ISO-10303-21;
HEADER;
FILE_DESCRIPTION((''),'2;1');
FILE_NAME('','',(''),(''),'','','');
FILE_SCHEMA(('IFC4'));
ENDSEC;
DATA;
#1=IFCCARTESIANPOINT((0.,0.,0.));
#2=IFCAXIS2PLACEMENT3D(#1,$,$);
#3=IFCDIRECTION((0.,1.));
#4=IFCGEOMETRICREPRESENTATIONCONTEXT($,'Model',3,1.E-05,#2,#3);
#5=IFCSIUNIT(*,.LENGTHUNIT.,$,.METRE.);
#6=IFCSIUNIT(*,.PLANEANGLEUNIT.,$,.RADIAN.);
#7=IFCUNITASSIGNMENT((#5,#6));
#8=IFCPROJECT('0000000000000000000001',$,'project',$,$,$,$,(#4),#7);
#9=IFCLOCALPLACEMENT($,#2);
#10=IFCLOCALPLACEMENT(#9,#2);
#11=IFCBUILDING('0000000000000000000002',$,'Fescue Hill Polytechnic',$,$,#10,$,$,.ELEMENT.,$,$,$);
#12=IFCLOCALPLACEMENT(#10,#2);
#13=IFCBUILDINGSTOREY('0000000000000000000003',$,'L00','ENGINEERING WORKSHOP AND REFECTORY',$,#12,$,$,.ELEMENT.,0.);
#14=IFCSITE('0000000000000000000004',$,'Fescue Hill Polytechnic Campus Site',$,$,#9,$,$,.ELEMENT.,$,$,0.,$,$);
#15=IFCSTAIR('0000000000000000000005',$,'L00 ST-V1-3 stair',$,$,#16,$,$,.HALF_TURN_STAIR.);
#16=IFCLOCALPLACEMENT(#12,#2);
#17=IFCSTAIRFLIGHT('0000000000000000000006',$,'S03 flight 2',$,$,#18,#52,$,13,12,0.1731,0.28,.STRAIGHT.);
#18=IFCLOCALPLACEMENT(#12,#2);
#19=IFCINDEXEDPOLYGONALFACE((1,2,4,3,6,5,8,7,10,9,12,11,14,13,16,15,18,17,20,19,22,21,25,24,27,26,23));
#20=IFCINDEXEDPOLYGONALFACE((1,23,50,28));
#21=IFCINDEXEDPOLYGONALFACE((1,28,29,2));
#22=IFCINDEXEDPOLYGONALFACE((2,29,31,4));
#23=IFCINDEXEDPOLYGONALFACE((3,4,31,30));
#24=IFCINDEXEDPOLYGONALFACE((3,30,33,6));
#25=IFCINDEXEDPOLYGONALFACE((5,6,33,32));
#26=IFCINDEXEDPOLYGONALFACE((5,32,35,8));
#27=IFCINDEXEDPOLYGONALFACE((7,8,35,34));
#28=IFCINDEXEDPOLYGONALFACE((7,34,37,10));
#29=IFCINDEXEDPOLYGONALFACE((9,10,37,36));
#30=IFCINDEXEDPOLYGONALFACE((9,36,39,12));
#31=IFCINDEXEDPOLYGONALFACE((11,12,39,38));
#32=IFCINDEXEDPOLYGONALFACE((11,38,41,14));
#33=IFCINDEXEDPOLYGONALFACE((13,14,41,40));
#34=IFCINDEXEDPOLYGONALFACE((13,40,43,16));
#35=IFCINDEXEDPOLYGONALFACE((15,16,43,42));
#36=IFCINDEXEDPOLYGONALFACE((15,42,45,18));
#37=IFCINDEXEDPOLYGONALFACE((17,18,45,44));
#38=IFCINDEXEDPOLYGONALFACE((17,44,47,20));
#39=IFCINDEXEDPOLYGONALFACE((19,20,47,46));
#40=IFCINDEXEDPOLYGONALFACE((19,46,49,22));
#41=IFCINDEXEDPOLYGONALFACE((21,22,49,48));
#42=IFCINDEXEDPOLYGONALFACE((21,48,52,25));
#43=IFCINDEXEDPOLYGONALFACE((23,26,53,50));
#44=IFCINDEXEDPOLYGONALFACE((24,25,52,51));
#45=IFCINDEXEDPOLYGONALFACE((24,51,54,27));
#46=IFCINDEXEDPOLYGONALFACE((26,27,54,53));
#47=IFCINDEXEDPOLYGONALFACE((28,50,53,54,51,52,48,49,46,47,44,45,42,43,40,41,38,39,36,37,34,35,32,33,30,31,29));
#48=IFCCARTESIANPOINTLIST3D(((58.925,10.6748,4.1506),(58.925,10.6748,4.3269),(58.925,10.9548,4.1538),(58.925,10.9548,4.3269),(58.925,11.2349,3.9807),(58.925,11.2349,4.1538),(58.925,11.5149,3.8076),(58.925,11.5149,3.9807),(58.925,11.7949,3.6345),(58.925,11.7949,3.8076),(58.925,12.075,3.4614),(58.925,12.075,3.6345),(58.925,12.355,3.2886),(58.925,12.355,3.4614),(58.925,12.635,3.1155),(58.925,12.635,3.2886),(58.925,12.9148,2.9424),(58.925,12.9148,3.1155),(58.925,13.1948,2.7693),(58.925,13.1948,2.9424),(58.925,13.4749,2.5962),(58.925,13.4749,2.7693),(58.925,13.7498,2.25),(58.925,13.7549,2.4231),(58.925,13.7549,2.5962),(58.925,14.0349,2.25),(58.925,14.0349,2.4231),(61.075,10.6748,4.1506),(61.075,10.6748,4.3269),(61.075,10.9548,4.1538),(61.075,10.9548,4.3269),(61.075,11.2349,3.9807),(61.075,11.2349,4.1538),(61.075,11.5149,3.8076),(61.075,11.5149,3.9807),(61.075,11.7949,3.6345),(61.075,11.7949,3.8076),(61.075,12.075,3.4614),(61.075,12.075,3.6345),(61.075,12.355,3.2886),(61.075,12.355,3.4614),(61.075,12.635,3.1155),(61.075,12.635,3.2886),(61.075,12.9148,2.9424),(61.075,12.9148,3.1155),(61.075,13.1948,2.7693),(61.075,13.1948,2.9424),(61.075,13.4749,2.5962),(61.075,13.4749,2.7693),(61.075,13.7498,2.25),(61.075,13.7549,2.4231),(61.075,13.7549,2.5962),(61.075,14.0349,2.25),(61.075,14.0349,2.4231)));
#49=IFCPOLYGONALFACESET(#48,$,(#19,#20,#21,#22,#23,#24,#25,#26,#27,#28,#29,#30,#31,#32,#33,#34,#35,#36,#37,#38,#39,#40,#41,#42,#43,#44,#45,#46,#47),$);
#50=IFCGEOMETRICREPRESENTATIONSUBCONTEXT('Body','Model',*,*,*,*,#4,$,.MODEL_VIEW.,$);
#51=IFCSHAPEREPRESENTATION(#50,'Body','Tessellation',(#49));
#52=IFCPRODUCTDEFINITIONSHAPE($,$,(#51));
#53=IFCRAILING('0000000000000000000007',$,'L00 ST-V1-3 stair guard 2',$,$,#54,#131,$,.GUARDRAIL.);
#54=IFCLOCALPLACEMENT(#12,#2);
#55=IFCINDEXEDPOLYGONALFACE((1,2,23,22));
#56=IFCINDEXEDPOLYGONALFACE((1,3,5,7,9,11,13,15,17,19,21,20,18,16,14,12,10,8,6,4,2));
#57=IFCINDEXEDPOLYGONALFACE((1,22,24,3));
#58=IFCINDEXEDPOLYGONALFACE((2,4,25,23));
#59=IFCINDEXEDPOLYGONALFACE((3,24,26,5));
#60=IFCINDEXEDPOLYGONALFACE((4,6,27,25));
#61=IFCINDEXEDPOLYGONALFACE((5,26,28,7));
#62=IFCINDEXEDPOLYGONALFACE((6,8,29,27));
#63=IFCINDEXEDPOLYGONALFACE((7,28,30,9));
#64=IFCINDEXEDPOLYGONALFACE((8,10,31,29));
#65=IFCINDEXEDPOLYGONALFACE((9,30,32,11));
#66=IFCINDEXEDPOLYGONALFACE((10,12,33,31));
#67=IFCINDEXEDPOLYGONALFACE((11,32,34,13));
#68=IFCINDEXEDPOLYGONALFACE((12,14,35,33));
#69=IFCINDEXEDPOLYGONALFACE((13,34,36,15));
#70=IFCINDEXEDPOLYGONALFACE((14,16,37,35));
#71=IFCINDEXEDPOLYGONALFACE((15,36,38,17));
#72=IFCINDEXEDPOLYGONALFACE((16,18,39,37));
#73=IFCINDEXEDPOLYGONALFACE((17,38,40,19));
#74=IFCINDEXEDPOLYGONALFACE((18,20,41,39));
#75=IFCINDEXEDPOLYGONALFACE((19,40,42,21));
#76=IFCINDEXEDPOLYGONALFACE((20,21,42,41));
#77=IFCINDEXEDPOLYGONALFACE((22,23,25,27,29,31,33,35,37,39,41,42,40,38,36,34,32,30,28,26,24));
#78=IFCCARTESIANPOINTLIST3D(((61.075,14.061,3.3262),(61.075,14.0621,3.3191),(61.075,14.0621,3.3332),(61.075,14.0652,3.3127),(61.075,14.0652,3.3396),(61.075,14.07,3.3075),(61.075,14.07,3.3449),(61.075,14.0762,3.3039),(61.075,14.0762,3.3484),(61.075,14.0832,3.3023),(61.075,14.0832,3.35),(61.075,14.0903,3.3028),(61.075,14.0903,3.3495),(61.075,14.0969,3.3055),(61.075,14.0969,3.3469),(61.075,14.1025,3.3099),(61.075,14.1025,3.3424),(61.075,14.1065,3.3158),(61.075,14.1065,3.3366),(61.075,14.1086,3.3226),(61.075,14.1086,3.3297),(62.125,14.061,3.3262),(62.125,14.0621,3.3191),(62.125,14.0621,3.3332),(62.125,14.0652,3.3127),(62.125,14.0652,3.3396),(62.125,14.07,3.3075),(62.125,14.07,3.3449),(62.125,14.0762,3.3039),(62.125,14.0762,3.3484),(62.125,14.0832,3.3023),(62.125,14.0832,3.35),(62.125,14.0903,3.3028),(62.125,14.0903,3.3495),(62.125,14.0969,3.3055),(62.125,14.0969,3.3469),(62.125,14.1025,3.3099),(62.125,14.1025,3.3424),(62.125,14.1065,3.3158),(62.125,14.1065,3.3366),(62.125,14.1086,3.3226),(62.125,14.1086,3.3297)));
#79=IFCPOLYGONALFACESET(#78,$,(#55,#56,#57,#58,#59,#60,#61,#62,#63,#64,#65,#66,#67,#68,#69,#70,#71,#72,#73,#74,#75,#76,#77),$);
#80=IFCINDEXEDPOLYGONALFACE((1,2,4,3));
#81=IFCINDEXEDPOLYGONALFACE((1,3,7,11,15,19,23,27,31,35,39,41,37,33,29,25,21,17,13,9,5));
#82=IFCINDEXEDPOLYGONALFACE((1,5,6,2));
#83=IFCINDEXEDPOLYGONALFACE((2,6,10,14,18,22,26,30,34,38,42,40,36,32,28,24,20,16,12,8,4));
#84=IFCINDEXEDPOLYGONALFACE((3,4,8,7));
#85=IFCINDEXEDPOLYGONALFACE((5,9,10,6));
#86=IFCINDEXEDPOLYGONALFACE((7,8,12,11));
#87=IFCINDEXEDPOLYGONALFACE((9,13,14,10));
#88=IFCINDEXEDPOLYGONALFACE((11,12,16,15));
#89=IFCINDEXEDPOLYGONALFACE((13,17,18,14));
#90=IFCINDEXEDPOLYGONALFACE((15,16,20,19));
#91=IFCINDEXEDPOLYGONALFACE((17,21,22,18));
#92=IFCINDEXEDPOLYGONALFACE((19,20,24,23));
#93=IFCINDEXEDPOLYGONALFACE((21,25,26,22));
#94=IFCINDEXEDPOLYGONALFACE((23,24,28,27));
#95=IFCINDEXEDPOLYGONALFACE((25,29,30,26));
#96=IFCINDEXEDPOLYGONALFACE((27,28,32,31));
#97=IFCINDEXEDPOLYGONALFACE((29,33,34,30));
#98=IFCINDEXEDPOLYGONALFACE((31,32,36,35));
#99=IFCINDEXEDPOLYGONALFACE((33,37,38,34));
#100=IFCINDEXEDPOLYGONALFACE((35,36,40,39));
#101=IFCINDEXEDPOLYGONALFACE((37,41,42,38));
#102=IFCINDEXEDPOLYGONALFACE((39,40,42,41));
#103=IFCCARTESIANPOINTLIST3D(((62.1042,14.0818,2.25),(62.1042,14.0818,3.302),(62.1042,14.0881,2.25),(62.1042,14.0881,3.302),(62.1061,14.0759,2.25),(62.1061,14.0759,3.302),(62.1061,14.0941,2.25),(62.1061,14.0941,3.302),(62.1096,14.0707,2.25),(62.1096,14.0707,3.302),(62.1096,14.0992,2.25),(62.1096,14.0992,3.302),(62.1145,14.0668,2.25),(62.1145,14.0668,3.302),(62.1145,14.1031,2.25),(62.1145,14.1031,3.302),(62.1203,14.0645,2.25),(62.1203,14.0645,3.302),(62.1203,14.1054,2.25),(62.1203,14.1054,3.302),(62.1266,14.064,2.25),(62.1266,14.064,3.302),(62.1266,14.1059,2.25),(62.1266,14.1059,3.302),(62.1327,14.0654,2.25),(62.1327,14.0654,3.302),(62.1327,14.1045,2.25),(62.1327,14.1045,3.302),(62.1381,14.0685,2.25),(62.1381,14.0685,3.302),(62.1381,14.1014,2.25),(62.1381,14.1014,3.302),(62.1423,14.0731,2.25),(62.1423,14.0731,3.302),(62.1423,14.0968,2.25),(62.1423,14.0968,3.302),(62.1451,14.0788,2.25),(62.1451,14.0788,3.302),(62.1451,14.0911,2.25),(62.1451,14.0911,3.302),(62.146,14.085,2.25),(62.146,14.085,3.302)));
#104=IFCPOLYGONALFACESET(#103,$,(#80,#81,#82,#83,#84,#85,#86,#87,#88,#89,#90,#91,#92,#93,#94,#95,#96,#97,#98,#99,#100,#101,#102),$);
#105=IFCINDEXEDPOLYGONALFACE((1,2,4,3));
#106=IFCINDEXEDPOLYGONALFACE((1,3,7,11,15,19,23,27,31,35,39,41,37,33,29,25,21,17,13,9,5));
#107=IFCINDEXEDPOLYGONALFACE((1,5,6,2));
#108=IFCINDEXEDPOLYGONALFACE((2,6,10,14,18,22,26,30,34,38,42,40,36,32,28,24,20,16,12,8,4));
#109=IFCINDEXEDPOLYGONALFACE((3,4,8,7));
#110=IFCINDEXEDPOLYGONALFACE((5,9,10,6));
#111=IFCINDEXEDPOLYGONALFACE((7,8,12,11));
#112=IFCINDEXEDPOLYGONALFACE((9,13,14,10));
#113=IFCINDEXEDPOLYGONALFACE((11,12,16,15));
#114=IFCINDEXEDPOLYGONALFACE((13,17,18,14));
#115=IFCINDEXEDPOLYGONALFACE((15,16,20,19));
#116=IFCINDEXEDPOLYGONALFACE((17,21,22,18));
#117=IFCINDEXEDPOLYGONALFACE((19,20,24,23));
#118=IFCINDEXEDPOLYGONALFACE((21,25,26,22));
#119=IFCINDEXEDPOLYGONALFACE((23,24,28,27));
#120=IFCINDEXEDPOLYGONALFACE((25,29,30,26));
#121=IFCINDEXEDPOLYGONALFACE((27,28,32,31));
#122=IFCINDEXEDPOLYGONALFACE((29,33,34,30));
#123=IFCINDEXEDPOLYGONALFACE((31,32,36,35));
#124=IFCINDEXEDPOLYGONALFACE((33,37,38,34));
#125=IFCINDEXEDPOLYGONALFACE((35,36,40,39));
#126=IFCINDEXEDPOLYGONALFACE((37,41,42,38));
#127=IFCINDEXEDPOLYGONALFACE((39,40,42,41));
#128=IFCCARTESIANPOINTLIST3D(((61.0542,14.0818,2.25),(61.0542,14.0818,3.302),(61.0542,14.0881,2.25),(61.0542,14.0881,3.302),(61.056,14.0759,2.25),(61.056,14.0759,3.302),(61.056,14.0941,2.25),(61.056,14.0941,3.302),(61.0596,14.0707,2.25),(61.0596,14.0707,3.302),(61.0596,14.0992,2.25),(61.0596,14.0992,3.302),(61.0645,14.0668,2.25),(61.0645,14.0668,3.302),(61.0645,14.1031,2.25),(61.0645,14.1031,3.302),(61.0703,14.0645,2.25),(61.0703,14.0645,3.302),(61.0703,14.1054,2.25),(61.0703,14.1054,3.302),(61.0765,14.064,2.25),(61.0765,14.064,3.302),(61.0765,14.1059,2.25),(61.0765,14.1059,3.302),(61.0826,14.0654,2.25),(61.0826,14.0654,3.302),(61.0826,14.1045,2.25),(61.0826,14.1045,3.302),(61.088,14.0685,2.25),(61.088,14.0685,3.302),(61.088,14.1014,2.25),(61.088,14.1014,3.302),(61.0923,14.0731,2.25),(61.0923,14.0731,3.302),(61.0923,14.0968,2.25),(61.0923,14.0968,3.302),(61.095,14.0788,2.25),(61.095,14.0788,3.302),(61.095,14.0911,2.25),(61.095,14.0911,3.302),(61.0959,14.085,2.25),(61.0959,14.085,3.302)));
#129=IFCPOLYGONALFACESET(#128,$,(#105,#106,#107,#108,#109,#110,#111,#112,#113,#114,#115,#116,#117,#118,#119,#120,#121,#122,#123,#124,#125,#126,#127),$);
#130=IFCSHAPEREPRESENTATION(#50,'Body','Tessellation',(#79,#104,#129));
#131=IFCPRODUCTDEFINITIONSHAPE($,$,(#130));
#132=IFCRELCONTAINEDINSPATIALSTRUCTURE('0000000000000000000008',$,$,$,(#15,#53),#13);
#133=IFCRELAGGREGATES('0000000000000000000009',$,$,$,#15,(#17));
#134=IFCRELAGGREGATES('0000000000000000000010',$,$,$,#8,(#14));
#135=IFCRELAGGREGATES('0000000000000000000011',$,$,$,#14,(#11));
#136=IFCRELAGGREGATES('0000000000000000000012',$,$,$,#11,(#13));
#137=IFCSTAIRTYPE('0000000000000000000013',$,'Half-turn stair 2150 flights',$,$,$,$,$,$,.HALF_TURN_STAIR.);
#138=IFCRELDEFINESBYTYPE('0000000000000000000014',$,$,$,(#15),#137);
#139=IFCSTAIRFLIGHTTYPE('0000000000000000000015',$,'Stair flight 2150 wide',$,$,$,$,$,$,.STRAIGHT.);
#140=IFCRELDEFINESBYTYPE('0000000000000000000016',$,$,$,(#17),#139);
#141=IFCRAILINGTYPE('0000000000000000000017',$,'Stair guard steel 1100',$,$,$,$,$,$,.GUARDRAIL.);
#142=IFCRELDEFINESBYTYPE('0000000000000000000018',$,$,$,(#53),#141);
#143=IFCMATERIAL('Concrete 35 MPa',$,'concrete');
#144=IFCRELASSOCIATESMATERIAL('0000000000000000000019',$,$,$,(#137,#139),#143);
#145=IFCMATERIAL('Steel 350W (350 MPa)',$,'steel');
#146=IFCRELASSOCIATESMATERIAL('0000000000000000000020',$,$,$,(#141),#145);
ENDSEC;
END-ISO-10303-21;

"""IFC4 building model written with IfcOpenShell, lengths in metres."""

from ifc_helpers import new_model, si_unit, direction, frame, origin, origin_2d, place, context, subcontext, project, spatial, polyline, circle, outline, extrude, material, type_object, element, aggregate, save


model = new_model("IFC4")

# Units and contexts
model_context = context("Model", 3, precision=1e-05, world=origin(), true_north=direction((0.0, 1.0)))
body_context = subcontext(model_context, "Body", "Model", "MODEL_VIEW")
ifc_project = project(units=[si_unit("LENGTHUNIT", "METRE"), si_unit("PLANEANGLEUNIT", "RADIAN")], contexts=[model_context])

# Site, building, storey
site_placement = place(None, origin())
site = spatial("IfcSite", under=ifc_project, at=site_placement, Name="Fescue Hill Polytechnic Campus Site", CompositionType="ELEMENT", RefElevation=0.0)
building_placement = place(site_placement, origin())
building = spatial("IfcBuilding", under=site, at=building_placement, Name="Fescue Hill Polytechnic", CompositionType="ELEMENT")
storey_placement = place(building_placement, origin())
storey = spatial("IfcBuildingStorey", under=building, at=storey_placement, Name="L00", Description="ENGINEERING WORKSHOP AND REFECTORY", CompositionType="ELEMENT", Elevation=0.0)

# Stair, stair flight
ifc_material_1 = material(Name="Concrete 35 MPa", Category="concrete")
stair_type = type_object("IfcStairType", Name="Half-turn stair 2150 flights", PredefinedType="HALF_TURN_STAIR", material=ifc_material_1)
stair_placement = place(storey_placement, origin())
stair = element("IfcStair", 1, at=stair_placement, inside=storey, type_object=stair_type, Name="L00 ST-V1-3 stair", PredefinedType="HALF_TURN_STAIR")
stair_flight_type = type_object("IfcStairFlightType", Name="Stair flight 2150 wide", PredefinedType="STRAIGHT", material=ifc_material_1)
stair_flight_1_placement = place(storey_placement, frame((60.0, 14.0349, 2.25), z_axis=(0.0, 0.0, 1.0), x_axis=(0.0, -1.0, 0.0)))
stair_flight_1 = element("IfcStairFlight", 2, at=stair_flight_1_placement, type_object=stair_flight_type, Name="S03 flight 2", NumberOfRisers=13, NumberOfTreads=12, PredefinedType="STRAIGHT", RiserHeight=0.1731, TreadLength=0.28, context=body_context, shape_type="SweptSolid", body=[
    extrude(outline(polyline([(0.0, 0.0), (0.0, 0.1731), (0.28, 0.1731), (0.28, 0.3462), (0.5601, 0.3462), (0.5601, 0.5193), (0.8401, 0.5193), (0.8401, 0.6924), (1.1201, 0.6924), (1.1201, 0.8655), (1.3999, 0.8655), (1.3999, 1.0386), (1.6799, 1.0386), (1.6799, 1.2114), (1.96, 1.2114), (1.96, 1.3845), (2.24, 1.3845), (2.24, 1.5576), (2.52, 1.5576), (2.52, 1.7307), (2.8, 1.7307), (2.8, 1.9038), (3.0801, 1.9038), (3.0801, 2.0769), (3.3601, 2.0769), (3.3601, 2.25), (3.3601, 1.9006), (0.2852, 0.0), (0.0, 0.0)])), frame((0.0, 1.075, 0.0), z_axis=(0.0, -1.0, 0.0), x_axis=(1.0, 0.0, 0.0)), (0.0, 0.0, 1.0), 2.1499),
])
aggregate(stair, [stair_flight_1])

# Railing
ifc_material_2 = material(Name="Steel 350W (350 MPa)", Category="steel")
railing_type_1 = type_object("IfcRailingType", Name="Stair guard steel 1100", PredefinedType="GUARDRAIL", material=ifc_material_2)
railing_1_placement = place(storey_placement, frame((62.125, 14.085, 2.25)))
element("IfcRailing", 3, at=railing_1_placement, inside=storey, type_object=railing_type_1, Name="L00 ST-V1-3 stair guard 2", PredefinedType="GUARDRAIL", context=body_context, shape_type="SweptSolid", body=[
    extrude(circle(Radius=0.0239, at=origin_2d()), frame((0.0, 0.0, 1.0762), z_axis=(-1.0, 0.0, 0.0), x_axis=(0.0, -1.0, 0.0)), (0.0, 0.0, 1.0), 1.05),
    extrude(circle(Radius=0.021, at=origin_2d()), origin(), (0.0, 0.0, 1.0), 1.052),
    extrude(circle(Radius=0.021, at=origin_2d()), frame((-1.05, 0.0, 0.0)), (0.0, 0.0, 1.0), 1.052),
])

save(model, "model.ifc")
